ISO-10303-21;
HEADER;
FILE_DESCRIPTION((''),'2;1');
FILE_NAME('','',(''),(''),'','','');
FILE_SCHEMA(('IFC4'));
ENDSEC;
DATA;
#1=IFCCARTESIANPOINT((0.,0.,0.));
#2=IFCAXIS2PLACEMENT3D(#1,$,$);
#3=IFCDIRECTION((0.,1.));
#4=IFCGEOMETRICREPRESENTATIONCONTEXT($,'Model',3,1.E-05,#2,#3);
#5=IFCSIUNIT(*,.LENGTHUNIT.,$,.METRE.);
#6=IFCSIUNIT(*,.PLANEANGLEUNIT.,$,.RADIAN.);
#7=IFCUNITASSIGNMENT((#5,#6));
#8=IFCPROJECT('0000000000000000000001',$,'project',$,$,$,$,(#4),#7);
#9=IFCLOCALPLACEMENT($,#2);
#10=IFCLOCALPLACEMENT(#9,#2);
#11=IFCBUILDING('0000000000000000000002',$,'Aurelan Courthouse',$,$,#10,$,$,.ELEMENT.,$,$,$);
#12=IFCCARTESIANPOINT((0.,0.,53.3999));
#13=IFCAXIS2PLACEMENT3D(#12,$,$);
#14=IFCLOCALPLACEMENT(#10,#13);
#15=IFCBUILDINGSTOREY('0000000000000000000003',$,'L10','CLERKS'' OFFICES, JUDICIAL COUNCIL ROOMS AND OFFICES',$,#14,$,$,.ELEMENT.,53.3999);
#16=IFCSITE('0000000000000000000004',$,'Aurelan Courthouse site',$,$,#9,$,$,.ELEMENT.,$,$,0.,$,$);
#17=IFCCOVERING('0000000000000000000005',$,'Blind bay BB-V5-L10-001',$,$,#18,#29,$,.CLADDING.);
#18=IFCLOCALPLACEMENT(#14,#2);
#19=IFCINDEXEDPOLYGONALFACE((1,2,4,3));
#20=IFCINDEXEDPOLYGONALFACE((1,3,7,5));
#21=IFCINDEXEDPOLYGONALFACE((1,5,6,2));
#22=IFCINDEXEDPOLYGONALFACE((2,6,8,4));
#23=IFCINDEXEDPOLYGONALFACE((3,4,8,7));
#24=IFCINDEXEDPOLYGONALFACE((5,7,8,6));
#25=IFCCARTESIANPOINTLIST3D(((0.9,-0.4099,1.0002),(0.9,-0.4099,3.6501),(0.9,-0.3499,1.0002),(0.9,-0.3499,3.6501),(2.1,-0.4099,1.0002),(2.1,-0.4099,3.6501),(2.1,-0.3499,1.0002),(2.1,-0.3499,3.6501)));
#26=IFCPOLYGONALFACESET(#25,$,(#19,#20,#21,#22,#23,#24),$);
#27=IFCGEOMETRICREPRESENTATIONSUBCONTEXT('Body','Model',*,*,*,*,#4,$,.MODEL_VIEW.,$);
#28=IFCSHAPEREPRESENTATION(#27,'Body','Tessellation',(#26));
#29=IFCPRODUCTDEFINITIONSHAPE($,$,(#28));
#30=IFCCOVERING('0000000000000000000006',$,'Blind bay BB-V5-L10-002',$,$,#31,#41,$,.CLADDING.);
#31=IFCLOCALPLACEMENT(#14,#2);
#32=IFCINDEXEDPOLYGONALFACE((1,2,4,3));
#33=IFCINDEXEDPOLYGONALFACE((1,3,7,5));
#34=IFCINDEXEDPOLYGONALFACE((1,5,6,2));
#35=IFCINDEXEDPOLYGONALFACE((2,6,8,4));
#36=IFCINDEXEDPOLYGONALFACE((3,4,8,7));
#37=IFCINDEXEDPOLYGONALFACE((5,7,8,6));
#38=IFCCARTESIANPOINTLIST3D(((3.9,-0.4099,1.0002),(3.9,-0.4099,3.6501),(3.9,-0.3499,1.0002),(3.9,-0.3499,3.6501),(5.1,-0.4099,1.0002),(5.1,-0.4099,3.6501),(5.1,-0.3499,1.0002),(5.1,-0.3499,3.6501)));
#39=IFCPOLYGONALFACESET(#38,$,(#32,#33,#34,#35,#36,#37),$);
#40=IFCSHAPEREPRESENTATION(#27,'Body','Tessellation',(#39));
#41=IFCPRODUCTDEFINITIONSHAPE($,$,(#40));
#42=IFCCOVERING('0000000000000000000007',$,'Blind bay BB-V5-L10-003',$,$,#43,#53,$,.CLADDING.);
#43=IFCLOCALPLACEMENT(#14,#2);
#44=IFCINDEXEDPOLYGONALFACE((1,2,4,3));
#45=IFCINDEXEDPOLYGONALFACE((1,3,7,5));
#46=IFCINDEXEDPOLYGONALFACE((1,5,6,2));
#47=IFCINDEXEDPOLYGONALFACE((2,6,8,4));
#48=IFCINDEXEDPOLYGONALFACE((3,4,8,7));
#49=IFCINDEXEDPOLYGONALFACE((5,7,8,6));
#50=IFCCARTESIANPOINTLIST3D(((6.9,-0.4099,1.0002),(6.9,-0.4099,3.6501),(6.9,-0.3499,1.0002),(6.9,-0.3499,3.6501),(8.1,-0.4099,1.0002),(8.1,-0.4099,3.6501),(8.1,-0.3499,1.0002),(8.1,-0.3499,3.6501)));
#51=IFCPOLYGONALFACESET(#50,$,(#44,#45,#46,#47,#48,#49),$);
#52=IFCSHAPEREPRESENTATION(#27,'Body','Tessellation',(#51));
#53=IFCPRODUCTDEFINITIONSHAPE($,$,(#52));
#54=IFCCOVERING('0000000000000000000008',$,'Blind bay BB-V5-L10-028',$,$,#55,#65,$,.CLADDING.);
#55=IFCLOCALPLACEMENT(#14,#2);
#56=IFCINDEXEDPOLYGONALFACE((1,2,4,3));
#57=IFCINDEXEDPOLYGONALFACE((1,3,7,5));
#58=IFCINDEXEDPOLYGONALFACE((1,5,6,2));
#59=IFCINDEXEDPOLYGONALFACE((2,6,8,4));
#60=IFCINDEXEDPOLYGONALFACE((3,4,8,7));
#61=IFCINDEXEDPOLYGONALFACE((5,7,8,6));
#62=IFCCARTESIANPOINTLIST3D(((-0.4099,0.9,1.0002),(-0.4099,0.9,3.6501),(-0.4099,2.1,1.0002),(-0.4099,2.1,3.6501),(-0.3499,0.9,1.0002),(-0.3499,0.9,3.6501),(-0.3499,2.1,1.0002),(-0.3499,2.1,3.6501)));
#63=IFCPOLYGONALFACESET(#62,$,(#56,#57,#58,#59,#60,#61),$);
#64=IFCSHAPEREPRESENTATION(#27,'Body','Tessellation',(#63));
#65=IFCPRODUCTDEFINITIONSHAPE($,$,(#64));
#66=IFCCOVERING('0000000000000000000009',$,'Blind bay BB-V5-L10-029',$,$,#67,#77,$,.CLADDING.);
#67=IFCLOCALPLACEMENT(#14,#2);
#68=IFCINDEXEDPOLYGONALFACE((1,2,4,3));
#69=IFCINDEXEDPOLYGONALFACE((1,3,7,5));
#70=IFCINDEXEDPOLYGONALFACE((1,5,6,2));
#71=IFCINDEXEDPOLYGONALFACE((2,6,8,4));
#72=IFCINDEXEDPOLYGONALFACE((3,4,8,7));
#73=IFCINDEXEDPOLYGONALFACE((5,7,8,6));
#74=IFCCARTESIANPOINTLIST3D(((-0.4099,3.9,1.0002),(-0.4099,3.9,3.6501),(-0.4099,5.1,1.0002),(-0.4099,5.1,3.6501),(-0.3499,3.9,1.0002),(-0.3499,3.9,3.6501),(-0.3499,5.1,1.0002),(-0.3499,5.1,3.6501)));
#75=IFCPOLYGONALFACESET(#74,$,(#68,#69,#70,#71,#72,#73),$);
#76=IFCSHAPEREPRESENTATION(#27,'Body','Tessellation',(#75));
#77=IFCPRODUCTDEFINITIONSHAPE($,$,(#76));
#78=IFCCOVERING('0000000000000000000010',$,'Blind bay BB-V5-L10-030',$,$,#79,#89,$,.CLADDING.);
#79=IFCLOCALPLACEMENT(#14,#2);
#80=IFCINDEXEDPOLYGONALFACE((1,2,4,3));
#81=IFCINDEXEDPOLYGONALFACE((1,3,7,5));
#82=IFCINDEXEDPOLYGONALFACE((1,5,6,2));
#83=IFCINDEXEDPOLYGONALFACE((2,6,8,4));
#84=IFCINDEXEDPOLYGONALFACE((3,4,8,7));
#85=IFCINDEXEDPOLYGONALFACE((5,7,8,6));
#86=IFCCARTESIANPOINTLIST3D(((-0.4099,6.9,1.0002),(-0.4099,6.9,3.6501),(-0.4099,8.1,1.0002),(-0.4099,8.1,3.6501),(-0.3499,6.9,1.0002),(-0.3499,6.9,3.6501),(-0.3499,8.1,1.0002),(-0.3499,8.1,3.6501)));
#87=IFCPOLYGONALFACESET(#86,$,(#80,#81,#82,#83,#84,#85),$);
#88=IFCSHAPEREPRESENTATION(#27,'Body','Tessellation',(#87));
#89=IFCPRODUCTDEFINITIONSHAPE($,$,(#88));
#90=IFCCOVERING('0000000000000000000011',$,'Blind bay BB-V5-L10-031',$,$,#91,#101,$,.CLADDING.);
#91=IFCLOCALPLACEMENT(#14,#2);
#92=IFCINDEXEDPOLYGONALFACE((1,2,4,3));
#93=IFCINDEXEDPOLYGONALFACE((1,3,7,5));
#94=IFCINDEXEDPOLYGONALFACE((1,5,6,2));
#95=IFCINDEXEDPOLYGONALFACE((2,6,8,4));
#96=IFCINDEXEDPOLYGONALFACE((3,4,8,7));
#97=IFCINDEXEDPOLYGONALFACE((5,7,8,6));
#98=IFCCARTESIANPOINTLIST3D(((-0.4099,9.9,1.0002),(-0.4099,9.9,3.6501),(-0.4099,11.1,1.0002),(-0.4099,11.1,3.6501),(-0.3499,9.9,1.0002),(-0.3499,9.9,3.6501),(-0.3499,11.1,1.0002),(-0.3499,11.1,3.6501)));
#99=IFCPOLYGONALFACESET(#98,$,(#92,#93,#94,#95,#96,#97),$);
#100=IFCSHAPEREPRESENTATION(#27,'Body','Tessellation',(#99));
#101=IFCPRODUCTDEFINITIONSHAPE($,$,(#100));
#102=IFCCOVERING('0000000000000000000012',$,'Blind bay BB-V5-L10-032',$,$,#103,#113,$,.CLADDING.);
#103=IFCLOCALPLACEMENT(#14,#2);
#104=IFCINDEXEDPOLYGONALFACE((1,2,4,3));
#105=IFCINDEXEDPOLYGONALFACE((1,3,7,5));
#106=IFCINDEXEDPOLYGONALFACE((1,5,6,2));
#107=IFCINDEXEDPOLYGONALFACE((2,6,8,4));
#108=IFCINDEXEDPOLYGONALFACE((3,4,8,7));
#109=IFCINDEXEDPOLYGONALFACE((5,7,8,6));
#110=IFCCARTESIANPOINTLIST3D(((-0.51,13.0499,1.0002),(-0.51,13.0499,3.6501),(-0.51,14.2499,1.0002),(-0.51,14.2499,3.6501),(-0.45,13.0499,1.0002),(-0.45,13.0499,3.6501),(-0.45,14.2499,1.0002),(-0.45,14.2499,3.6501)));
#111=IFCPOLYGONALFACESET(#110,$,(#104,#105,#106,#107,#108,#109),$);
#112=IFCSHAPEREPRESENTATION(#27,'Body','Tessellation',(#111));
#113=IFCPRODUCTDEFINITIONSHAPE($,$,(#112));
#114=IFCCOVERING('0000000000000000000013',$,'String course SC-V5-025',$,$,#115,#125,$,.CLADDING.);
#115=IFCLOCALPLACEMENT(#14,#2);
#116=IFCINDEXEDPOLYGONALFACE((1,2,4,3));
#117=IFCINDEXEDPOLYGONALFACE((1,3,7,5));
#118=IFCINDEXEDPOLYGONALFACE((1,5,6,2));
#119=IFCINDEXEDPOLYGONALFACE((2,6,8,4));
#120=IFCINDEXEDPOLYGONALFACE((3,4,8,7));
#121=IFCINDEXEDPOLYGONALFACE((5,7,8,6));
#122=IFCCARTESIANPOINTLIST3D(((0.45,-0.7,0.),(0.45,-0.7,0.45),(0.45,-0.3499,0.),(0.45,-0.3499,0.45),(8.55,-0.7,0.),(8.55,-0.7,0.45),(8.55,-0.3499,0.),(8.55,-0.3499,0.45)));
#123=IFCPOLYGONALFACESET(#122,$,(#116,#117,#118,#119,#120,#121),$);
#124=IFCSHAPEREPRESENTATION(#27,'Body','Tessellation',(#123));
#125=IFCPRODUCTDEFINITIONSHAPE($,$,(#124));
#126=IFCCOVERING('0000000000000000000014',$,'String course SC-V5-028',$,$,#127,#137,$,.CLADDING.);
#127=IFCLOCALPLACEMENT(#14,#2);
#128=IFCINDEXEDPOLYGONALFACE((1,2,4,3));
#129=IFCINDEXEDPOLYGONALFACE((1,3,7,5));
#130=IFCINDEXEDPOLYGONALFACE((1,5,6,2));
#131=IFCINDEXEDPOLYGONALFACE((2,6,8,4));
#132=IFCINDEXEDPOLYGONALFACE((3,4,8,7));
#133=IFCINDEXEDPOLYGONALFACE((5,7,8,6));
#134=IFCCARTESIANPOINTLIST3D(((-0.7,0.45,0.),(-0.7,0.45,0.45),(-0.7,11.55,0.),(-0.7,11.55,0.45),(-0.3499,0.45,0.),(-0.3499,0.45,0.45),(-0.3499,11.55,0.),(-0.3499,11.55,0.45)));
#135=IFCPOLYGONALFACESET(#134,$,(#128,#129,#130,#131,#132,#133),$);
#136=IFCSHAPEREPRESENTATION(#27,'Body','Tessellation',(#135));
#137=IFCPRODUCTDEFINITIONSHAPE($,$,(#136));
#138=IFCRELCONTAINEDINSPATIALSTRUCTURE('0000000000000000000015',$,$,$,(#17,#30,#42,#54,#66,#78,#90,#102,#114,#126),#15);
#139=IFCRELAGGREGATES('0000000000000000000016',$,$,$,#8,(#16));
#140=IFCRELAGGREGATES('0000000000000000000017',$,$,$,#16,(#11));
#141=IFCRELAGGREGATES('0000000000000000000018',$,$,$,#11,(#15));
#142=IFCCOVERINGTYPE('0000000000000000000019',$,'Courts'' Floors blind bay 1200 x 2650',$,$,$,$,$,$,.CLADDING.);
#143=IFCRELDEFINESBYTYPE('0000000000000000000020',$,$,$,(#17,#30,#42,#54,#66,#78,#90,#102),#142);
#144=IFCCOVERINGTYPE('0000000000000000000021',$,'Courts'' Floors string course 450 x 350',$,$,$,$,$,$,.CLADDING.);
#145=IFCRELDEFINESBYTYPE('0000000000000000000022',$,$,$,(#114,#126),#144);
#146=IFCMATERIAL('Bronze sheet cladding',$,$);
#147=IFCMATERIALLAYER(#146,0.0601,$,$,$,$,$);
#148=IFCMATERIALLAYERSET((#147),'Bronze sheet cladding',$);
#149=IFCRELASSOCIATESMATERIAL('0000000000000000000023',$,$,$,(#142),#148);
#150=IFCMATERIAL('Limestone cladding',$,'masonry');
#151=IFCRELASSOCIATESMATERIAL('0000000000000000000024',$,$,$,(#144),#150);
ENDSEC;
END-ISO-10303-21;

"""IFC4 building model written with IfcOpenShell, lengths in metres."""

from ifc_helpers import new_model, si_unit, direction, frame, origin, origin_2d, place, context, subcontext, project, spatial, rectangle, extrude, material, layer, layer_set, type_object, element, save


model = new_model("IFC4")

# Units and contexts
model_context = context("Model", 3, precision=1e-05, world=origin(), true_north=direction((0.0, 1.0)))
body_context = subcontext(model_context, "Body", "Model", "MODEL_VIEW")
ifc_project = project(units=[si_unit("LENGTHUNIT", "METRE"), si_unit("PLANEANGLEUNIT", "RADIAN")], contexts=[model_context])

# Site, building, storey
site_placement = place(None, origin())
site = spatial("IfcSite", under=ifc_project, at=site_placement, Name="Aurelan Courthouse site", CompositionType="ELEMENT", RefElevation=0.0)
building_placement = place(site_placement, origin())
building = spatial("IfcBuilding", under=site, at=building_placement, Name="Aurelan Courthouse", CompositionType="ELEMENT")
storey_placement = place(building_placement, frame((0.0, 0.0, 53.3999)))
storey = spatial("IfcBuildingStorey", under=building, at=storey_placement, Name="L10", Description="CLERKS' OFFICES, JUDICIAL COUNCIL ROOMS AND OFFICES", CompositionType="ELEMENT", Elevation=53.3999)

# Shared definitions
ifc_material_1 = material(Name="Limestone cladding", Category="masonry")

# Coverings
ifc_material_2 = material(Name="Bronze sheet cladding")
ifc_layer_1 = layer(ifc_material_2, 0.0601)
ifc_layer_set_1 = layer_set([ifc_layer_1], Name="Bronze sheet cladding")
covering_type_1 = type_object("IfcCoveringType", Name="Courts' Floors blind bay 1200 x 2650", PredefinedType="CLADDING", material=ifc_layer_set_1)
for number, where, z_axis, x_axis, name in (
    (1, (1.5, -0.3799, 1.0002), (0.0, 0.0, 1.0), (1.0, 0.0, 0.0), "Blind bay BB-V5-L10-001"),
    (2, (4.5, -0.3799, 1.0002), (0.0, 0.0, 1.0), (1.0, 0.0, 0.0), "Blind bay BB-V5-L10-002"),
    (3, (7.5, -0.3799, 1.0002), (0.0, 0.0, 1.0), (1.0, 0.0, 0.0), "Blind bay BB-V5-L10-003"),
):
    element("IfcCovering", number, at=place(storey_placement, frame(where, z_axis=z_axis, x_axis=x_axis)), inside=storey, type_object=covering_type_1, Name=name, PredefinedType="CLADDING", context=body_context, shape_type="SweptSolid", body=[
        extrude(rectangle(XDim=1.2, YDim=0.0601, at=origin_2d()), origin(), (0.0, 0.0, 1.0), 2.6499),
    ])
for number, where, z_axis, x_axis, name in (
    (4, (-0.3799, 1.5, 1.0002), (0.0, 0.0, 1.0), (1.0, 0.0, 0.0), "Blind bay BB-V5-L10-028"),
    (5, (-0.3799, 4.5, 1.0002), (0.0, 0.0, 1.0), (1.0, 0.0, 0.0), "Blind bay BB-V5-L10-029"),
    (6, (-0.3799, 7.5, 1.0002), (0.0, 0.0, 1.0), (1.0, 0.0, 0.0), "Blind bay BB-V5-L10-030"),
    (7, (-0.3799, 10.5, 1.0002), (0.0, 0.0, 1.0), (1.0, 0.0, 0.0), "Blind bay BB-V5-L10-031"),
    (8, (-0.48, 13.6499, 1.0002), (0.0, 0.0, 1.0), (1.0, 0.0, 0.0), "Blind bay BB-V5-L10-032"),
):
    element("IfcCovering", number, at=place(storey_placement, frame(where, z_axis=z_axis, x_axis=x_axis)), inside=storey, type_object=covering_type_1, Name=name, PredefinedType="CLADDING", context=body_context, shape_type="SweptSolid", body=[
        extrude(rectangle(XDim=0.0601, YDim=1.2, at=origin_2d()), origin(), (0.0, 0.0, 1.0), 2.6499),
    ])
covering_type_2 = type_object("IfcCoveringType", Name="Courts' Floors string course 450 x 350", PredefinedType="CLADDING", material=ifc_material_1)
covering_1_placement = place(storey_placement, frame((4.5, -0.5249, 0.0), z_axis=(0.0, 0.0, 1.0), x_axis=(1.0, 0.0, 0.0)))
element("IfcCovering", 9, at=covering_1_placement, inside=storey, type_object=covering_type_2, Name="String course SC-V5-025", PredefinedType="CLADDING", context=body_context, shape_type="SweptSolid", body=[
    extrude(rectangle(XDim=8.1001, YDim=0.3501, at=origin_2d()), origin(), (0.0, 0.0, 1.0), 0.45),
])
covering_2_placement = place(storey_placement, frame((-0.5249, 6.0, 0.0), z_axis=(0.0, 0.0, 1.0), x_axis=(1.0, 0.0, 0.0)))
element("IfcCovering", 10, at=covering_2_placement, inside=storey, type_object=covering_type_2, Name="String course SC-V5-028", PredefinedType="CLADDING", context=body_context, shape_type="SweptSolid", body=[
    extrude(rectangle(XDim=0.3501, YDim=11.1001, at=origin_2d()), origin(), (0.0, 0.0, 1.0), 0.45),
])

save(model, "model.ifc")
